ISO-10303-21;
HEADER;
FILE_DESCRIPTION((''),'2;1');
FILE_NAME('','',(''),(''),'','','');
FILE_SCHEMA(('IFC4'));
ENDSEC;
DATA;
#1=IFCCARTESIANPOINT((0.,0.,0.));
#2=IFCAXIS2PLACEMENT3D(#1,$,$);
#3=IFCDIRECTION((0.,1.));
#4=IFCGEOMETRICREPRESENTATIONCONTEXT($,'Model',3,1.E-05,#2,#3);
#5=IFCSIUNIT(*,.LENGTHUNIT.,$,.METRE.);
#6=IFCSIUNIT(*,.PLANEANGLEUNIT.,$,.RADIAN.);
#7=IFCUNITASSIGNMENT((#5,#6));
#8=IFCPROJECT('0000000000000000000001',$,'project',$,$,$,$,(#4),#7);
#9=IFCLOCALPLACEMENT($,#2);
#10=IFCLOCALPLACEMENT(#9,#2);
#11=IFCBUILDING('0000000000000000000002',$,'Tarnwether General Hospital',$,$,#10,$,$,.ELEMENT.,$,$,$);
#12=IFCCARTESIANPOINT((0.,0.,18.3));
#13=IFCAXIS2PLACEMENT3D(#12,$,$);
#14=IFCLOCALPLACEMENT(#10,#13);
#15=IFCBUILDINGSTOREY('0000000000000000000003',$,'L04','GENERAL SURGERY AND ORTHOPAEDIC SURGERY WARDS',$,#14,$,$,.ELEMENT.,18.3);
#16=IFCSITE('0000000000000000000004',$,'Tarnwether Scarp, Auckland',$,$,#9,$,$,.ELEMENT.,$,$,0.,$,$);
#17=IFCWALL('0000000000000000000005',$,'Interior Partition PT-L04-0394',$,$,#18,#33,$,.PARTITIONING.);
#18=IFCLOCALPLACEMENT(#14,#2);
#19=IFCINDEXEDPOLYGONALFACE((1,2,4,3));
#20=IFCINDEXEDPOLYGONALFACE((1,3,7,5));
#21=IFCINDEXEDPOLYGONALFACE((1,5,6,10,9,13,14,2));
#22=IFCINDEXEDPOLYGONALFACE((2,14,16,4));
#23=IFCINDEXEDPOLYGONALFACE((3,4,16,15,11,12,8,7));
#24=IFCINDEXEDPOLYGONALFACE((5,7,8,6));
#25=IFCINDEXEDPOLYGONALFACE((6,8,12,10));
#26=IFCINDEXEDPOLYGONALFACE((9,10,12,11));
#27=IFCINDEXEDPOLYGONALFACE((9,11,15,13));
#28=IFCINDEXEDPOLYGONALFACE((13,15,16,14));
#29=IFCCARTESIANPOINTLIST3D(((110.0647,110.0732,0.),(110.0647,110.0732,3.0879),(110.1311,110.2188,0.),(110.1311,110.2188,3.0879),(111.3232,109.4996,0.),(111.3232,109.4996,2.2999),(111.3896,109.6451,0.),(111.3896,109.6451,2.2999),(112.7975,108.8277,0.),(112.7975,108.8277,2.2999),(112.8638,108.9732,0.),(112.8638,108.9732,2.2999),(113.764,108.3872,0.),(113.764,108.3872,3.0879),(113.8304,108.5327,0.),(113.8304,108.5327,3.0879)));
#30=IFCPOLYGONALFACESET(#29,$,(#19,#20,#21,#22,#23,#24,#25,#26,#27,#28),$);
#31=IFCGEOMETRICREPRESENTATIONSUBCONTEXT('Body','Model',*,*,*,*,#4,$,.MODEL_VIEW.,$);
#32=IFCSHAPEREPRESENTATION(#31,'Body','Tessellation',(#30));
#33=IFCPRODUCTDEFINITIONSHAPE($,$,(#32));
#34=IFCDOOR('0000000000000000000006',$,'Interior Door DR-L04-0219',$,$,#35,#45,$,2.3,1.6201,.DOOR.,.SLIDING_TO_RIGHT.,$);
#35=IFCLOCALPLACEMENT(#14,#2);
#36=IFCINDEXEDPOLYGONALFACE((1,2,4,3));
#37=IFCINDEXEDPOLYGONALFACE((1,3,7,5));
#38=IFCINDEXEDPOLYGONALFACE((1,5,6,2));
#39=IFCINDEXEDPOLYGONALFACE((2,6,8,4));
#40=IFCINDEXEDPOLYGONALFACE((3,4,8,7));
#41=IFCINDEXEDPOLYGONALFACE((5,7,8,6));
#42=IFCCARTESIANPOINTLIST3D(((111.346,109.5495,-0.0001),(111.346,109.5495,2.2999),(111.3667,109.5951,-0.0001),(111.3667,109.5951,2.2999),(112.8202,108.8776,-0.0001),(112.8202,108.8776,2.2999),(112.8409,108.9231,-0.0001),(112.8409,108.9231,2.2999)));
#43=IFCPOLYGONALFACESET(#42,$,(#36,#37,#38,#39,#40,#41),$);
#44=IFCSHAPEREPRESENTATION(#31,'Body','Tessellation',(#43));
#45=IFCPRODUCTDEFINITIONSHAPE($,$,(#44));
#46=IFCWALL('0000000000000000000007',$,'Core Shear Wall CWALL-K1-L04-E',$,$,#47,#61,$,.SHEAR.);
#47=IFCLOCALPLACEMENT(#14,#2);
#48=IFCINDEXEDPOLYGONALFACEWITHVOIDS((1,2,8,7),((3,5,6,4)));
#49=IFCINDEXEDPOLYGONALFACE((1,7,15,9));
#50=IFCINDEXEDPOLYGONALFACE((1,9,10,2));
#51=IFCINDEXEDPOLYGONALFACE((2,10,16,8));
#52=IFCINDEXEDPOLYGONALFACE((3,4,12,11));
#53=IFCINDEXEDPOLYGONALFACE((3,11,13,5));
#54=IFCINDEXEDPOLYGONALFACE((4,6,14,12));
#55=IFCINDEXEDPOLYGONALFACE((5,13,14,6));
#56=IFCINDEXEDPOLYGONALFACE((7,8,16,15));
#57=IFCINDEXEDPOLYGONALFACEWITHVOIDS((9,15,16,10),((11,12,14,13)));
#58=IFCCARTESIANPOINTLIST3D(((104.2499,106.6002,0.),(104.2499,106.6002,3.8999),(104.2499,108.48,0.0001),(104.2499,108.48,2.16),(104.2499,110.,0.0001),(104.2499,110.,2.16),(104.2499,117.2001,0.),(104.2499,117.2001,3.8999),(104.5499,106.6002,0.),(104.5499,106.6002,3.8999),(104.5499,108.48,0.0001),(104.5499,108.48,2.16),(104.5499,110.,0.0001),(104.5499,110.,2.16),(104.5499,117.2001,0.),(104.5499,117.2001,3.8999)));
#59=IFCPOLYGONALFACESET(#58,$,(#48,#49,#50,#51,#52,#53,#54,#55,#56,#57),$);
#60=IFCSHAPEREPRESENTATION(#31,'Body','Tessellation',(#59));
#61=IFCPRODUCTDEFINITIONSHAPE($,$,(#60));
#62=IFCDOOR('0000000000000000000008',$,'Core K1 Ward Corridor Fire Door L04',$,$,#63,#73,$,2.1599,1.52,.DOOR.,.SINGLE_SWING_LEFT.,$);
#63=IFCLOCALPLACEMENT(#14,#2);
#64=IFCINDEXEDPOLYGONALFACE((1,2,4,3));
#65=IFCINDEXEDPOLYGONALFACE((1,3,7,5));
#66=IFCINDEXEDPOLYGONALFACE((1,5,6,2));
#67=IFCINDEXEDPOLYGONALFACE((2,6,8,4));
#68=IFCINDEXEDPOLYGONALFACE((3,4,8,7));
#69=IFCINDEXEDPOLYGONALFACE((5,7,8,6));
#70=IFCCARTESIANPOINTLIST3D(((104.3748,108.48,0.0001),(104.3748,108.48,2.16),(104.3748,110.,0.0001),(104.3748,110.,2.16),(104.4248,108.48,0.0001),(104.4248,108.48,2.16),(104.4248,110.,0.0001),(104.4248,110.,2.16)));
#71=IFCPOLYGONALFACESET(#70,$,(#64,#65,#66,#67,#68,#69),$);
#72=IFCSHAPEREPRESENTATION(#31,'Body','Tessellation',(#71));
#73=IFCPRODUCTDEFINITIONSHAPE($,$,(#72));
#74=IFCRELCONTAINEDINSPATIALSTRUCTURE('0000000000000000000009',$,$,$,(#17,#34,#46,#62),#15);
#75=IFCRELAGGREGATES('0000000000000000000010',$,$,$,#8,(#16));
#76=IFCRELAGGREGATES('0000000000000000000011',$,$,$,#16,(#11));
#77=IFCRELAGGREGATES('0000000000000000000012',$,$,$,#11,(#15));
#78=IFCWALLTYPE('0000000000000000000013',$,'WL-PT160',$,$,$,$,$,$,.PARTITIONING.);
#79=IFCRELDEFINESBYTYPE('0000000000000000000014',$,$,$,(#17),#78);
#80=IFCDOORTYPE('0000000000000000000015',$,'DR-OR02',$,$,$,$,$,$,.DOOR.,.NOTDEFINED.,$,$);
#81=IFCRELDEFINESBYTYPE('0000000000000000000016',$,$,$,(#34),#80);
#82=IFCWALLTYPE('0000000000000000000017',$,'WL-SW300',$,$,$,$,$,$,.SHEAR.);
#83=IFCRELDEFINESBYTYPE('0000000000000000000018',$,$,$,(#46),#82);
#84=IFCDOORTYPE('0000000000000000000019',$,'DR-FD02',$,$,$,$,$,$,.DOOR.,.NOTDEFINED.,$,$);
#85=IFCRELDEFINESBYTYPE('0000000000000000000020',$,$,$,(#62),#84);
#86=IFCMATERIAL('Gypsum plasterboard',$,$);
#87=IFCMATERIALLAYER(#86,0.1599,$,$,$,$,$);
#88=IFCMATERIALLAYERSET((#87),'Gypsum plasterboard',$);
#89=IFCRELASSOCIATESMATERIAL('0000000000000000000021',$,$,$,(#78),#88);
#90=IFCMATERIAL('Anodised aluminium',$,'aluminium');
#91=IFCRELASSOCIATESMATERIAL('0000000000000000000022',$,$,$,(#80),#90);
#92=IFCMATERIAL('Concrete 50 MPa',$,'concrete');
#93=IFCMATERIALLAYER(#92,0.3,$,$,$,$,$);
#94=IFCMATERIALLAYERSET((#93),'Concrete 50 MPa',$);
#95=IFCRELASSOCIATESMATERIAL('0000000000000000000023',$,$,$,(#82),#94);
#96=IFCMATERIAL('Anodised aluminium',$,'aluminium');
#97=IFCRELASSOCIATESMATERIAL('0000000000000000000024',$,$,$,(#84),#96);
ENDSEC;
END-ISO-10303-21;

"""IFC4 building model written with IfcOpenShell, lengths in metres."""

from ifc_helpers import new_model, si_unit, direction, frame, frame_2d, origin, place, context, subcontext, project, spatial, rectangle, extrude, material, layer, layer_set, type_object, element, fill, save


model = new_model("IFC4")

# Units and contexts
model_context = context("Model", 3, precision=1e-05, world=origin(), true_north=direction((0.0, 1.0)))
body_context = subcontext(model_context, "Body", "Model", "MODEL_VIEW")
ifc_project = project(units=[si_unit("LENGTHUNIT", "METRE"), si_unit("PLANEANGLEUNIT", "RADIAN")], contexts=[model_context])

# Site, building, storey
site_placement = place(None, origin())
site = spatial("IfcSite", under=ifc_project, at=site_placement, Name="Tarnwether Scarp, Auckland", CompositionType="ELEMENT", RefElevation=0.0)
building_placement = place(site_placement, origin())
building = spatial("IfcBuilding", under=site, at=building_placement, Name="Tarnwether General Hospital", CompositionType="ELEMENT")
storey_placement = place(building_placement, frame((0.0, 0.0, 18.3)))
storey = spatial("IfcBuildingStorey", under=building, at=storey_placement, Name="L04", Description="GENERAL SURGERY AND ORTHOPAEDIC SURGERY WARDS", CompositionType="ELEMENT", Elevation=18.3)

# Walls, openings, doors
ifc_material_1 = material(Name="Gypsum plasterboard")
ifc_layer_1 = layer(ifc_material_1, 0.1599)
ifc_layer_set_1 = layer_set([ifc_layer_1], Name="Gypsum plasterboard")
wall_type_1 = type_object("IfcWallType", Name="WL-PT160", PredefinedType="PARTITIONING", material=ifc_layer_set_1)
wall_1_placement = place(storey_placement, frame((110.0979, 110.146, 0.0), z_axis=(0.0, 0.0, 1.0), x_axis=(0.909942, -0.414735, 0.0)))
wall_1 = element("IfcWall", 1, at=wall_1_placement, inside=storey, type_object=wall_type_1, Name="Interior Partition PT-L04-0394", PredefinedType="PARTITIONING", context=body_context, shape_type="SweptSolid", body=[
    extrude(rectangle(XDim=4.0654, YDim=0.1599, at=frame_2d((2.0327, 0.0))), origin(), (0.0, 0.0, 1.0), 3.0879),
])
opening_1_placement = place(wall_1_placement, frame((1.3831, 0.0, 0.0)))
opening_1 = element("IfcOpeningElement", 2, at=opening_1_placement, cuts=wall_1, PredefinedType="OPENING", context=body_context, shape_type="SweptSolid", body=[
    extrude(rectangle(XDim=1.6201, YDim=2.3, at=frame_2d((0.8101, 1.1499))), frame((0.0, 0.0898, 0.0), z_axis=(0.0, -1.0, 0.0), x_axis=(1.0, 0.0, 0.0)), (0.0, 0.0, 1.0), 0.1799),
])
ifc_material_2 = material(Name="Anodised aluminium", Category="aluminium")
door_type_1 = type_object("IfcDoorType", Name="DR-OR02", OperationType="NOTDEFINED", PredefinedType="DOOR", material=ifc_material_2)
door_1_placement = place(opening_1_placement, origin())
door_1 = element("IfcDoor", 3, at=door_1_placement, inside=storey, type_object=door_type_1, Name="Interior Door DR-L04-0219", OperationType="SLIDING_TO_RIGHT", OverallHeight=2.3, OverallWidth=1.6201, PredefinedType="DOOR", context=body_context, shape_type="SweptSolid", body=[
    extrude(rectangle(XDim=1.6201, YDim=2.3, at=frame_2d((0.8101, 1.1499))), frame((0.0, 0.0249, 0.0), z_axis=(0.0, -1.0, 0.0), x_axis=(1.0, 0.0, 0.0)), (0.0, 0.0, 1.0), 0.05),
])
fill(opening_1, door_1)
ifc_material_3 = material(Name="Concrete 50 MPa", Category="concrete")
ifc_layer_2 = layer(ifc_material_3, 0.3)
ifc_layer_set_2 = layer_set([ifc_layer_2], Name="Concrete 50 MPa")
wall_type_2 = type_object("IfcWallType", Name="WL-SW300", PredefinedType="SHEAR", material=ifc_layer_set_2)
wall_2_placement = place(storey_placement, frame((104.3999, 117.2, 0.0), z_axis=(0.0, 0.0, 1.0), x_axis=(0.0, -1.0, 0.0)))
wall_2 = element("IfcWall", 4, at=wall_2_placement, inside=storey, type_object=wall_type_2, Name="Core Shear Wall CWALL-K1-L04-E", PredefinedType="SHEAR", context=body_context, shape_type="SweptSolid", body=[
    extrude(rectangle(XDim=10.5999, YDim=0.3, at=frame_2d((5.2998, 0.0))), origin(), (0.0, 0.0, 1.0), 3.8999),
])
opening_2_placement = place(wall_2_placement, frame((7.2, 0.0, 0.0)))
opening_2 = element("IfcOpeningElement", 5, at=opening_2_placement, cuts=wall_2, PredefinedType="OPENING", context=body_context, shape_type="SweptSolid", body=[
    extrude(rectangle(XDim=1.52, YDim=2.1599, at=frame_2d((0.76, 1.0801))), frame((0.0, 0.1602, 0.0), z_axis=(0.0, -1.0, 0.0), x_axis=(1.0, 0.0, 0.0)), (0.0, 0.0, 1.0), 0.3201),
])
ifc_material_4 = material(Name="Anodised aluminium", Category="aluminium")
door_type_2 = type_object("IfcDoorType", Name="DR-FD02", OperationType="NOTDEFINED", PredefinedType="DOOR", material=ifc_material_4)
door_2_placement = place(opening_2_placement, origin())
door_2 = element("IfcDoor", 6, at=door_2_placement, inside=storey, type_object=door_type_2, Name="Core K1 Ward Corridor Fire Door L04", OperationType="SINGLE_SWING_LEFT", OverallHeight=2.1599, OverallWidth=1.52, PredefinedType="DOOR", context=body_context, shape_type="SweptSolid", body=[
    extrude(rectangle(XDim=1.52, YDim=2.1599, at=frame_2d((0.76, 1.0801))), frame((0.0, 0.0249, 0.0), z_axis=(0.0, -1.0, 0.0), x_axis=(1.0, 0.0, 0.0)), (0.0, 0.0, 1.0), 0.05),
])
fill(opening_2, door_2)

save(model, "model.ifc")
